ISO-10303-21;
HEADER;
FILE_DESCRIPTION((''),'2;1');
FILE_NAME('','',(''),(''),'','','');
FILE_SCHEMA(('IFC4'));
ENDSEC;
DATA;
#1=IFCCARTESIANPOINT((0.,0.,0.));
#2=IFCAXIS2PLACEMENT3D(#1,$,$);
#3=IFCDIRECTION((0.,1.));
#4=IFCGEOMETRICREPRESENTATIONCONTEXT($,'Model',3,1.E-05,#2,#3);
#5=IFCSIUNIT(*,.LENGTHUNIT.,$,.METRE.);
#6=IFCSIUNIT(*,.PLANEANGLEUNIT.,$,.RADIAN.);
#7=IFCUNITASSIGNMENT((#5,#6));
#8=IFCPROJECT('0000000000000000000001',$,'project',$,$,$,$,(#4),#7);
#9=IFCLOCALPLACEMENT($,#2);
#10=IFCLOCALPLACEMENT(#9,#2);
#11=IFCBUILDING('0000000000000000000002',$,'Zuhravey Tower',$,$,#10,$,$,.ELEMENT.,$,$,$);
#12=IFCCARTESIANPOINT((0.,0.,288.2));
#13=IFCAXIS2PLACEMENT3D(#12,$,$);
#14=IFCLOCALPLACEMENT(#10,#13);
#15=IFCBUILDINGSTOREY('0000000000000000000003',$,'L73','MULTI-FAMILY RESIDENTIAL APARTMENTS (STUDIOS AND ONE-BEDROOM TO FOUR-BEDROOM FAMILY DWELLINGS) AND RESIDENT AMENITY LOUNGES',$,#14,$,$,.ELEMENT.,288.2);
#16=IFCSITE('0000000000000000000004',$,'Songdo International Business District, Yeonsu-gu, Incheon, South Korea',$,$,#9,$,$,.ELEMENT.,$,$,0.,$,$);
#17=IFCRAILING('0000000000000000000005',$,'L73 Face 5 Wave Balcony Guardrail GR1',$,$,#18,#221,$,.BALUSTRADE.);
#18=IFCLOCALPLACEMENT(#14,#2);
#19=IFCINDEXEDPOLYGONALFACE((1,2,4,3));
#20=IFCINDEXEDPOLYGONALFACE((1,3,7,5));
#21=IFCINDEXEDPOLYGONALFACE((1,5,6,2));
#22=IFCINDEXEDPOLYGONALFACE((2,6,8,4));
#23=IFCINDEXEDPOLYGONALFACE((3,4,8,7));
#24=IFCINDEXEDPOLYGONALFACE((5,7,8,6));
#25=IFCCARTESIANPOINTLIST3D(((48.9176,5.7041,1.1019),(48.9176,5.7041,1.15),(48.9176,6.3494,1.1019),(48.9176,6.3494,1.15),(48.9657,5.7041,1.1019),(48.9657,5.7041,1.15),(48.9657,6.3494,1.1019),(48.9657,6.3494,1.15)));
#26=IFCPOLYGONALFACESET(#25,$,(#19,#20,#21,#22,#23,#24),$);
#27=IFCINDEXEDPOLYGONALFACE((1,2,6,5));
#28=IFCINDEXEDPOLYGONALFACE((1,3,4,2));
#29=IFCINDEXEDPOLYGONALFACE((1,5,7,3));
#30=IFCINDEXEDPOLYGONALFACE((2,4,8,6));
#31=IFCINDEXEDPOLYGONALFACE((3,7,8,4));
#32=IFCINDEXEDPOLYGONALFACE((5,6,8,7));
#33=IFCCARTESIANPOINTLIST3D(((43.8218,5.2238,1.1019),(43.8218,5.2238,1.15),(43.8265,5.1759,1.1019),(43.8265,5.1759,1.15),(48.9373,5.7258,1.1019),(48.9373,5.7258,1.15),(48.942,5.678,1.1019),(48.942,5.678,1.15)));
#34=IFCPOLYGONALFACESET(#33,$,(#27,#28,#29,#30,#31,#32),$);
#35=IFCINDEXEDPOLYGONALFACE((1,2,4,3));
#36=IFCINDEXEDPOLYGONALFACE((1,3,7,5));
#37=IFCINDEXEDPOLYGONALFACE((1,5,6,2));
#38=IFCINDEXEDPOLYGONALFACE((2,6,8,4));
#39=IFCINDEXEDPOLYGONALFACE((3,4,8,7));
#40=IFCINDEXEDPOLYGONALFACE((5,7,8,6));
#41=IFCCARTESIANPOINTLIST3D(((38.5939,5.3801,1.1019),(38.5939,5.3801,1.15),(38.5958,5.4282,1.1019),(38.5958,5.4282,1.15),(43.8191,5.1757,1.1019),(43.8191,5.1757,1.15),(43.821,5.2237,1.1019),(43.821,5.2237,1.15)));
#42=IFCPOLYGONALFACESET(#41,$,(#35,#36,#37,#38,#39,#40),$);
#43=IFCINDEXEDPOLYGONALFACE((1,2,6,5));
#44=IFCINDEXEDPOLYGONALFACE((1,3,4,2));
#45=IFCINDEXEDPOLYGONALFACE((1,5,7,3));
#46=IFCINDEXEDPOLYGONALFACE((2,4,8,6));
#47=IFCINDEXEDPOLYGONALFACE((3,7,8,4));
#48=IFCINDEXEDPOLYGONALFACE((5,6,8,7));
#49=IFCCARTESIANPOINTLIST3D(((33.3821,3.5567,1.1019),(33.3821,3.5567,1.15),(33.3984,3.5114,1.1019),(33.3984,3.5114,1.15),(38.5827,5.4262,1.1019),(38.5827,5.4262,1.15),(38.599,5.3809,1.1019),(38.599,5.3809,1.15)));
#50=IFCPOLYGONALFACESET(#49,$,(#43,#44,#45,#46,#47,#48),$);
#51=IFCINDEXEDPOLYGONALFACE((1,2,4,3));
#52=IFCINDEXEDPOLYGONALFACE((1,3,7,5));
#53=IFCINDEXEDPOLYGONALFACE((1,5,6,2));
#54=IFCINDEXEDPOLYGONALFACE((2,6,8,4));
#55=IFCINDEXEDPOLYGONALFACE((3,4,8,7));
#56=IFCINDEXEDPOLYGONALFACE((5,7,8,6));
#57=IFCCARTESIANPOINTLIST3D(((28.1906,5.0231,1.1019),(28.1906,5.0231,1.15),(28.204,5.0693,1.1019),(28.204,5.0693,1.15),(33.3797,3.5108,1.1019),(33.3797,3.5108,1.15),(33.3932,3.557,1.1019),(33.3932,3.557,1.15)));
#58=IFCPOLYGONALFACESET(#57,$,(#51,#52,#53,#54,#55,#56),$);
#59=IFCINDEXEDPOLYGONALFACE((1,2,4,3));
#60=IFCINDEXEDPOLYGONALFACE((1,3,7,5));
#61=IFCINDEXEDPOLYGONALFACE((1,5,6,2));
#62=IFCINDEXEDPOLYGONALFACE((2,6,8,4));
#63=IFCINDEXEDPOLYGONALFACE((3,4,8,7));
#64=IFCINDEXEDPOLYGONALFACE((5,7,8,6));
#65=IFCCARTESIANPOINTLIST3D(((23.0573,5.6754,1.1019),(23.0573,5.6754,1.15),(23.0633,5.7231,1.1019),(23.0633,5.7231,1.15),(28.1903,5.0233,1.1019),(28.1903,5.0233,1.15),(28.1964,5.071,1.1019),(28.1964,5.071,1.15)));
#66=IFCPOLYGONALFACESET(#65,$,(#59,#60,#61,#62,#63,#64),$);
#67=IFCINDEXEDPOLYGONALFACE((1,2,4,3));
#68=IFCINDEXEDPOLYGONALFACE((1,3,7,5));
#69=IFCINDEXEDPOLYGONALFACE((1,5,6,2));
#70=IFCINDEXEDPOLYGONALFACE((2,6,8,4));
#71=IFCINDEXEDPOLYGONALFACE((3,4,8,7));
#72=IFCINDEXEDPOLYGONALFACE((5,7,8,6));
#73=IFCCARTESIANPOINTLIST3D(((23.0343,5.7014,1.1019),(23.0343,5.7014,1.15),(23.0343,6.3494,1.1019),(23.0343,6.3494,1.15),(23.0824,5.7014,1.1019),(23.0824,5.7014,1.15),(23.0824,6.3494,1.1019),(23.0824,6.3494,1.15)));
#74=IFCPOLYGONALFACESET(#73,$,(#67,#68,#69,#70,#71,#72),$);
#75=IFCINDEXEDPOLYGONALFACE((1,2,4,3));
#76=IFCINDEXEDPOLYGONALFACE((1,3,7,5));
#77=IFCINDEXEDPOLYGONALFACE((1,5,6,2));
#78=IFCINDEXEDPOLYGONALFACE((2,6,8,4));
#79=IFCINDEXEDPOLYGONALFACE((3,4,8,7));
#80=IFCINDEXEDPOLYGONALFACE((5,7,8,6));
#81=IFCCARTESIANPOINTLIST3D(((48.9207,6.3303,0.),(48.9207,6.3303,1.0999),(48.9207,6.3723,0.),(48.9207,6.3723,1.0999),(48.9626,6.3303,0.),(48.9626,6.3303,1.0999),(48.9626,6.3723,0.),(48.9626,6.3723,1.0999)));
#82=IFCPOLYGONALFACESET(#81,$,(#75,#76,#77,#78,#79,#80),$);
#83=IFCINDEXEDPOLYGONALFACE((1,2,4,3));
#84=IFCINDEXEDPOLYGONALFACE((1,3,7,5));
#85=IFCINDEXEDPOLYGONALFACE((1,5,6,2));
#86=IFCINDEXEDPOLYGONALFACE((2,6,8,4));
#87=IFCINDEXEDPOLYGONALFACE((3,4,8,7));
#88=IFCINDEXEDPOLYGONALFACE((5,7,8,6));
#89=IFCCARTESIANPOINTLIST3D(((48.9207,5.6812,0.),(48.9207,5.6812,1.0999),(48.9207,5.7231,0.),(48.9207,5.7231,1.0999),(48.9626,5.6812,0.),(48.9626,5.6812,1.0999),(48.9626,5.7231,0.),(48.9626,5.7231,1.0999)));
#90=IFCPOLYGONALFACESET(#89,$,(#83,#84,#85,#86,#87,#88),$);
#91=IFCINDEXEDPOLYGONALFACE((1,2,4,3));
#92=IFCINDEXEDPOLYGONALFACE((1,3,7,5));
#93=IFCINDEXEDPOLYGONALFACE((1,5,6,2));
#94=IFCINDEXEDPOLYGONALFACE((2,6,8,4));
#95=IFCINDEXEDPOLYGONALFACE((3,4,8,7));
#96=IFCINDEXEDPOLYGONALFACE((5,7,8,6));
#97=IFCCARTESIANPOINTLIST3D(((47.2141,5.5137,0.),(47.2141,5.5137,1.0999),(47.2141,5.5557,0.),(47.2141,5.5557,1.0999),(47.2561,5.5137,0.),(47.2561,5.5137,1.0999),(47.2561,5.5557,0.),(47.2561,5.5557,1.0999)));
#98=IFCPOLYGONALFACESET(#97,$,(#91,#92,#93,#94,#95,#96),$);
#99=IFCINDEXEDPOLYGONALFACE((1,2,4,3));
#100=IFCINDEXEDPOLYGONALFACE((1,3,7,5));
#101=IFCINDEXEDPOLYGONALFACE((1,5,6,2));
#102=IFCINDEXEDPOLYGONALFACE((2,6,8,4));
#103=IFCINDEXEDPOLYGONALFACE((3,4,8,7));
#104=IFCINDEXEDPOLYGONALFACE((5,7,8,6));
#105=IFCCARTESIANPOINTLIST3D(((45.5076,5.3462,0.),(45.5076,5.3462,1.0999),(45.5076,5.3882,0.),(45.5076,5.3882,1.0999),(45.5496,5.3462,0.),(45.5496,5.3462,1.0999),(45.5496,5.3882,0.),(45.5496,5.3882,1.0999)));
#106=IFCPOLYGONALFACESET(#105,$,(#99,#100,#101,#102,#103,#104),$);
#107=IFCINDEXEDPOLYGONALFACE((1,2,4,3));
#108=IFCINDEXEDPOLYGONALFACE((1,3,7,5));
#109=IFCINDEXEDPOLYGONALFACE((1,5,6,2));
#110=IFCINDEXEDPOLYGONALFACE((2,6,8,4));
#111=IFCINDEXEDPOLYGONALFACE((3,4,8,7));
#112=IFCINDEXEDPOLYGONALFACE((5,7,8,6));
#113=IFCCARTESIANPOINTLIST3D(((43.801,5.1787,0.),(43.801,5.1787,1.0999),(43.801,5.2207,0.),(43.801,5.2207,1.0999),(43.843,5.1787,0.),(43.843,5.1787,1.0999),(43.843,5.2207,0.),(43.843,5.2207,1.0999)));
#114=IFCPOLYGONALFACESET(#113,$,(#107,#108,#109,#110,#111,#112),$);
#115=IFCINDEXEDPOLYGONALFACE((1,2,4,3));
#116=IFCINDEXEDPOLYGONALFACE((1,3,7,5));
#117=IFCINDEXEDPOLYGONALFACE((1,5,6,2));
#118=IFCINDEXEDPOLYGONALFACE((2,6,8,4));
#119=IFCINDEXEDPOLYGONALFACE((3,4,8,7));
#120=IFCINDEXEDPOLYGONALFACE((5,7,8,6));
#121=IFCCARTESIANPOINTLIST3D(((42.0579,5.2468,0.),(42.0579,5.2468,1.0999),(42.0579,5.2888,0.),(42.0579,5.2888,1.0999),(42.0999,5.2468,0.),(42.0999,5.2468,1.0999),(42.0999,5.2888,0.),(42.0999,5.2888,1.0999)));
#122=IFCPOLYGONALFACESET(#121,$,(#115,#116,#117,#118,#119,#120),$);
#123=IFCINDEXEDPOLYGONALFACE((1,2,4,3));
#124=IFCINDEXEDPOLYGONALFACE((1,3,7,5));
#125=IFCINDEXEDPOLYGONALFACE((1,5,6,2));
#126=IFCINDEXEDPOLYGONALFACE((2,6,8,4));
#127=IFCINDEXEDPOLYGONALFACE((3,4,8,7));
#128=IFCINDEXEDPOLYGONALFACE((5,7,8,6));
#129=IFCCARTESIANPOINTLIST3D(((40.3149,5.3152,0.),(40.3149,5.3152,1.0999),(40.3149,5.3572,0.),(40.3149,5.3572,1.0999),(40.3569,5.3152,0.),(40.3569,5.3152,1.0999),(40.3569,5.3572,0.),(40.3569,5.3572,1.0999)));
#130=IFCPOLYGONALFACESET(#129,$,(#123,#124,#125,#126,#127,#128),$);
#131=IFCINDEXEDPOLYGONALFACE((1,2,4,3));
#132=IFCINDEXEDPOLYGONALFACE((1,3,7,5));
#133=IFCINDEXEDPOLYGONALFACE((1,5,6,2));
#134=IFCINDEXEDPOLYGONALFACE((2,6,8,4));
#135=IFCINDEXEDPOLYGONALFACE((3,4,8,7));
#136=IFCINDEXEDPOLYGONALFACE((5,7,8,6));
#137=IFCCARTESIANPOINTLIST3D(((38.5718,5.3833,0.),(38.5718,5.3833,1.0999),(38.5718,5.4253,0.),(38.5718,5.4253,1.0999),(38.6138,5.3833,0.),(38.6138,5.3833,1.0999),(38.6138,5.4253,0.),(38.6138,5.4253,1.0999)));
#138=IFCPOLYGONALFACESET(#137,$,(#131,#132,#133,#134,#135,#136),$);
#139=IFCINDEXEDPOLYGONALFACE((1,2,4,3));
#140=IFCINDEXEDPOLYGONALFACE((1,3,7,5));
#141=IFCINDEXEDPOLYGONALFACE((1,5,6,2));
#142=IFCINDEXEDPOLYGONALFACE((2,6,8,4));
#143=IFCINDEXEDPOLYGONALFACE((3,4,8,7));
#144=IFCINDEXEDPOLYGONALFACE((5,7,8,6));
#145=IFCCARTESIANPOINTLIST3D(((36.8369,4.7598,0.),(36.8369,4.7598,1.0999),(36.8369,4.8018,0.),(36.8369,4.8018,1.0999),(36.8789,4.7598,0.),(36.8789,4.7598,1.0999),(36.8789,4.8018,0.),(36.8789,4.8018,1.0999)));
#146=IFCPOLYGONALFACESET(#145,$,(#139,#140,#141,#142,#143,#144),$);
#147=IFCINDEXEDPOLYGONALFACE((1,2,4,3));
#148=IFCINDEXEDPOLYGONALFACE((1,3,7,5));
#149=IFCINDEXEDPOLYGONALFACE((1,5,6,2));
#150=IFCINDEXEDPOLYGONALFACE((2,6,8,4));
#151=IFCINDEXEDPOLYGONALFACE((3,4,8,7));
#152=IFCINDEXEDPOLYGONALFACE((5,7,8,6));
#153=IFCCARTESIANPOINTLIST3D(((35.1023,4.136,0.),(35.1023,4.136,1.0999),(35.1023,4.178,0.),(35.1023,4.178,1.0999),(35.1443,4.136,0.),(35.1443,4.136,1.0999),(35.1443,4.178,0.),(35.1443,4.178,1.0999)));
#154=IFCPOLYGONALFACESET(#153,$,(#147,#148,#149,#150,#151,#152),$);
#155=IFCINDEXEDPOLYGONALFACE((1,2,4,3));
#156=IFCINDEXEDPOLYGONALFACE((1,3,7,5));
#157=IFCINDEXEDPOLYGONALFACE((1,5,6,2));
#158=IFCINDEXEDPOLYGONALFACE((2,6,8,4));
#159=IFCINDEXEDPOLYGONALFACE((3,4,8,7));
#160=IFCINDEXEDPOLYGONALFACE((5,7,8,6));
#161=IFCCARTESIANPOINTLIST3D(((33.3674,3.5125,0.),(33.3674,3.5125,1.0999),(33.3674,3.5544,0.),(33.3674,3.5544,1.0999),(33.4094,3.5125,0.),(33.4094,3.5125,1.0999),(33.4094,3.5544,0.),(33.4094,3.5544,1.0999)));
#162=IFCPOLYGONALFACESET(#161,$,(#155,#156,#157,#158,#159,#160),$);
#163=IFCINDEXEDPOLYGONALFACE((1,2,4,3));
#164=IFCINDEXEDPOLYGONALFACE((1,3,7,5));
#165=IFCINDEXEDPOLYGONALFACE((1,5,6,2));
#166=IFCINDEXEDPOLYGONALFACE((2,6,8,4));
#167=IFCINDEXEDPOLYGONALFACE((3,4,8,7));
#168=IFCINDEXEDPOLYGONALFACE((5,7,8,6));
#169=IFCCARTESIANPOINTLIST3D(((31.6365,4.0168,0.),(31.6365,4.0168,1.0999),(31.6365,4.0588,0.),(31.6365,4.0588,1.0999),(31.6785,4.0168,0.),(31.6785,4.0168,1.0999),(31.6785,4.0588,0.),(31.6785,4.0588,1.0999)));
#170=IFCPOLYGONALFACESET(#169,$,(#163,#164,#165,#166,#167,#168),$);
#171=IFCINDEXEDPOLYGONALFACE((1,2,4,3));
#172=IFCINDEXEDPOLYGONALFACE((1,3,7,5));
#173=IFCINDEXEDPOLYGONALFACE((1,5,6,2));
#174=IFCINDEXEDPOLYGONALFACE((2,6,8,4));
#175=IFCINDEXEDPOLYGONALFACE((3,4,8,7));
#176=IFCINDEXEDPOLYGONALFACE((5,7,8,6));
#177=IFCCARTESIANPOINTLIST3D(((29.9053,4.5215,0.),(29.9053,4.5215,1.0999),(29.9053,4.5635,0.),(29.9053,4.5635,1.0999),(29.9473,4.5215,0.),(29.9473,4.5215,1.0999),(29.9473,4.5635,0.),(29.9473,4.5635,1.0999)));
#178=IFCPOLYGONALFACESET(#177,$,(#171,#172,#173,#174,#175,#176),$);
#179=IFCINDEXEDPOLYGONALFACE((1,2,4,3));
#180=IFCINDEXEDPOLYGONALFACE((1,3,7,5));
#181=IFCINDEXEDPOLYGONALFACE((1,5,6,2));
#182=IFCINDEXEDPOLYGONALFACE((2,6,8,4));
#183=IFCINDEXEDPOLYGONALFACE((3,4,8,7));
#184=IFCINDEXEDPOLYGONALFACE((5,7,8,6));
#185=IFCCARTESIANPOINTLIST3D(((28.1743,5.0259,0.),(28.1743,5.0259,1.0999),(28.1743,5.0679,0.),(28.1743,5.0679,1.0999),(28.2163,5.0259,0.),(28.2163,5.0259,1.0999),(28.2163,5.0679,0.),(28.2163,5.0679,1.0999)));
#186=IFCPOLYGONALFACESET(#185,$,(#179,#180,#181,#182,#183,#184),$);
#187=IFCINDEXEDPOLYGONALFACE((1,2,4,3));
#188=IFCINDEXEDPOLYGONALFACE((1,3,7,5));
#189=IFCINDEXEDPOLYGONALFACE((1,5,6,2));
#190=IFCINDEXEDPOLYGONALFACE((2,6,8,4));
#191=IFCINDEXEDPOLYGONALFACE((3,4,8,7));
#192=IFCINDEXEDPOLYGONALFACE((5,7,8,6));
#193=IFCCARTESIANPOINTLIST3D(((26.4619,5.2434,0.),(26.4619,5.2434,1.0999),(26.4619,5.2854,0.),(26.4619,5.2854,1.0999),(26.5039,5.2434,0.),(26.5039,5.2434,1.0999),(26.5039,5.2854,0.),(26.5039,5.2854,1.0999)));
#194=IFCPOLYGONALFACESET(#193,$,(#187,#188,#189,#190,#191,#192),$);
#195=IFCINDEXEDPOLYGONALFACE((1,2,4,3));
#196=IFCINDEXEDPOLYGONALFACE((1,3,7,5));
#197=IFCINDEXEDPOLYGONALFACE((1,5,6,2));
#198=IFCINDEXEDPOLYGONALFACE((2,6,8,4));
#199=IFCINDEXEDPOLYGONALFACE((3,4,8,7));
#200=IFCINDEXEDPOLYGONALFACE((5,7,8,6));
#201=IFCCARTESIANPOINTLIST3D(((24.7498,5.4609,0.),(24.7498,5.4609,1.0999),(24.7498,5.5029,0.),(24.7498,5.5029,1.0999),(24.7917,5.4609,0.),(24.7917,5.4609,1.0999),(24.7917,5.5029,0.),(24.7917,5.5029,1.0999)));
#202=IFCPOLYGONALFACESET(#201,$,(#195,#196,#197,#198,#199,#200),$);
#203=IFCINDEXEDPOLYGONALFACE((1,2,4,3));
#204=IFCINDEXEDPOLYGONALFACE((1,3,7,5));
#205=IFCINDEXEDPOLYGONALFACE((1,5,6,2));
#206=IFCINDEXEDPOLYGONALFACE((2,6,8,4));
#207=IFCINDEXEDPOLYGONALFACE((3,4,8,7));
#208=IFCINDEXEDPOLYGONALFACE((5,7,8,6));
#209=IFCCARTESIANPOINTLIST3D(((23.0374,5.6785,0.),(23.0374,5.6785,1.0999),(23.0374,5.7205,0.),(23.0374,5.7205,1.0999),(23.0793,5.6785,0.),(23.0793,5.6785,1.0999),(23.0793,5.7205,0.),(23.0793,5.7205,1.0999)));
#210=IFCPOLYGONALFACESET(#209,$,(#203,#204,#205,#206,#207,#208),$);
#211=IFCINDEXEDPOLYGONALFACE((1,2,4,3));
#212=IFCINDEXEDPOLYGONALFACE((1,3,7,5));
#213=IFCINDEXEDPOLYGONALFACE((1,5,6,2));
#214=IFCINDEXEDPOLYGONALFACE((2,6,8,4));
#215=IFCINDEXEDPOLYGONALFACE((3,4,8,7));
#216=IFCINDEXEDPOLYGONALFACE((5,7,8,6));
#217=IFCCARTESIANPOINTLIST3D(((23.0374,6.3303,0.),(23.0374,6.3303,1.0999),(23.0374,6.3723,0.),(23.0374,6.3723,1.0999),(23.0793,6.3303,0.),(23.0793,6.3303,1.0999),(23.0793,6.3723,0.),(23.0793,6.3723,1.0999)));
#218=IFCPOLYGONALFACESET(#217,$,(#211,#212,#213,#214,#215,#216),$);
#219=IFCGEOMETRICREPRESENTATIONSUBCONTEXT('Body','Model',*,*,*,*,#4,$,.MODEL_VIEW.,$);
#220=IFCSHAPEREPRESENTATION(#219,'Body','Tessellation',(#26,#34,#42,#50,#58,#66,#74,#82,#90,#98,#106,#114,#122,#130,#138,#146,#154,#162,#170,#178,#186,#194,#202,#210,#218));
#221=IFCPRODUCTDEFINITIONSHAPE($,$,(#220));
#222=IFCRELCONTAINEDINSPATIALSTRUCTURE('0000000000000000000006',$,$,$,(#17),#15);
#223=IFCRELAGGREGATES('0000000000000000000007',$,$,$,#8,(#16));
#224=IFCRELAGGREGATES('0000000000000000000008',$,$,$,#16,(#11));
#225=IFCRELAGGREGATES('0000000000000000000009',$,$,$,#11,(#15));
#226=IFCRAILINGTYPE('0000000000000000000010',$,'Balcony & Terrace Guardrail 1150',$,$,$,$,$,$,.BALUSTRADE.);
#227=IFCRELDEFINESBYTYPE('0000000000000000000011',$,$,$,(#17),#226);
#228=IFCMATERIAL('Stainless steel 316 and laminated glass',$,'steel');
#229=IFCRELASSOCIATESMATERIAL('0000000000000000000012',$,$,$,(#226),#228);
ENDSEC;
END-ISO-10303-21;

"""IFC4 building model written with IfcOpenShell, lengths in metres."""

from ifc_helpers import new_model, si_unit, direction, frame, origin, origin_2d, place, context, subcontext, project, spatial, rectangle, extrude, material, type_object, element, save


model = new_model("IFC4")

# Units and contexts
model_context = context("Model", 3, precision=1e-05, world=origin(), true_north=direction((0.0, 1.0)))
body_context = subcontext(model_context, "Body", "Model", "MODEL_VIEW")
ifc_project = project(units=[si_unit("LENGTHUNIT", "METRE"), si_unit("PLANEANGLEUNIT", "RADIAN")], contexts=[model_context])

# Site, building, storey
site_placement = place(None, origin())
site = spatial("IfcSite", under=ifc_project, at=site_placement, Name="Songdo International Business District, Yeonsu-gu, Incheon, South Korea", CompositionType="ELEMENT", RefElevation=0.0)
building_placement = place(site_placement, origin())
building = spatial("IfcBuilding", under=site, at=building_placement, Name="Zuhravey Tower", CompositionType="ELEMENT")
storey_placement = place(building_placement, frame((0.0, 0.0, 288.2)))
storey = spatial("IfcBuildingStorey", under=building, at=storey_placement, Name="L73", Description="MULTI-FAMILY RESIDENTIAL APARTMENTS (STUDIOS AND ONE-BEDROOM TO FOUR-BEDROOM FAMILY DWELLINGS) AND RESIDENT AMENITY LOUNGES", CompositionType="ELEMENT", Elevation=288.2)

# Railing
ifc_material_1 = material(Name="Stainless steel 316 and laminated glass", Category="steel")
railing_type = type_object("IfcRailingType", Name="Balcony & Terrace Guardrail 1150", PredefinedType="BALUSTRADE", material=ifc_material_1)
railing_placement = place(storey_placement, frame((48.9417, 6.3513, 0.0)))
element("IfcRailing", 1, at=railing_placement, inside=storey, type_object=railing_type, Name="L73 Face 5 Wave Balcony Guardrail GR1", PredefinedType="BALUSTRADE", context=body_context, shape_type="SweptSolid", body=[
    extrude(rectangle(XDim=0.0481, YDim=0.0481, at=origin_2d()), frame((0.0, -0.002, 1.126), z_axis=(0.0, -1.0, 0.0), x_axis=(1.0, 0.0, 0.0)), (0.0, 0.0, 1.0), 0.6453),
    extrude(rectangle(XDim=0.0481, YDim=0.0481, at=origin_2d()), frame((-0.002, -0.6494, 1.126), z_axis=(-0.995219, -0.097671, 0.0), x_axis=(0.097671, -0.995219, 0.0)), (0.0, 0.0, 1.0), 5.1401),
    extrude(rectangle(XDim=0.0481, YDim=0.0481, at=origin_2d()), frame((-5.1216, -1.1516, 1.126), z_axis=(-0.999236, 0.039094, 0.0), x_axis=(-0.039094, -0.999236, 0.0)), (0.0, 0.0, 1.0), 5.2292),
    extrude(rectangle(XDim=0.0481, YDim=0.0481, at=origin_2d()), frame((-10.3508, -0.9478, 1.126), z_axis=(-0.941044, -0.338285, 0.0), x_axis=(0.338285, -0.941044, 0.0)), (0.0, 0.0, 1.0), 5.5264),
    extrude(rectangle(XDim=0.0481, YDim=0.0481, at=origin_2d()), frame((-15.5552, -2.8174, 1.126), z_axis=(-0.960061, 0.27979, 0.0), x_axis=(-0.27979, -0.960061, 0.0)), (0.0, 0.0, 1.0), 5.405),
    extrude(rectangle(XDim=0.0481, YDim=0.0481, at=origin_2d()), frame((-20.7483, -1.3042, 1.126), z_axis=(-0.992027, 0.126025, 0.0), x_axis=(-0.126025, -0.992027, 0.0)), (0.0, 0.0, 1.0), 5.1743),
    extrude(rectangle(XDim=0.0481, YDim=0.0481, at=origin_2d()), frame((-25.8833, -0.6499, 1.126), z_axis=(0.0, 1.0, 0.0), x_axis=(-1.0, 0.0, 0.0)), (0.0, 0.0, 1.0), 0.6479),
    extrude(rectangle(XDim=0.042, YDim=0.042, at=origin_2d()), origin(), (0.0, 0.0, 1.0), 1.0999),
    extrude(rectangle(XDim=0.042, YDim=0.042, at=origin_2d()), frame((0.0, -0.6492, 0.0)), (0.0, 0.0, 1.0), 1.0999),
    extrude(rectangle(XDim=0.042, YDim=0.042, at=origin_2d()), frame((-1.7065, -0.8167, 0.0)), (0.0, 0.0, 1.0), 1.0999),
    extrude(rectangle(XDim=0.042, YDim=0.042, at=origin_2d()), frame((-3.4131, -0.9841, 0.0)), (0.0, 0.0, 1.0), 1.0999),
    extrude(rectangle(XDim=0.042, YDim=0.042, at=origin_2d()), frame((-5.1196, -1.1516, 0.0)), (0.0, 0.0, 1.0), 1.0999),
    extrude(rectangle(XDim=0.042, YDim=0.042, at=origin_2d()), frame((-6.8628, -1.0835, 0.0)), (0.0, 0.0, 1.0), 1.0999),
    extrude(rectangle(XDim=0.042, YDim=0.042, at=origin_2d()), frame((-8.6057, -1.0151, 0.0)), (0.0, 0.0, 1.0), 1.0999),
    extrude(rectangle(XDim=0.042, YDim=0.042, at=origin_2d()), frame((-10.3489, -0.947, 0.0)), (0.0, 0.0, 1.0), 1.0999),
    extrude(rectangle(XDim=0.042, YDim=0.042, at=origin_2d()), frame((-12.0837, -1.5706, 0.0)), (0.0, 0.0, 1.0), 1.0999),
    extrude(rectangle(XDim=0.042, YDim=0.042, at=origin_2d()), frame((-13.8184, -2.1943, 0.0)), (0.0, 0.0, 1.0), 1.0999),
    extrude(rectangle(XDim=0.042, YDim=0.042, at=origin_2d()), frame((-15.5532, -2.8179, 0.0)), (0.0, 0.0, 1.0), 1.0999),
    extrude(rectangle(XDim=0.042, YDim=0.042, at=origin_2d()), frame((-17.2842, -2.3135, 0.0)), (0.0, 0.0, 1.0), 1.0999),
    extrude(rectangle(XDim=0.042, YDim=0.042, at=origin_2d()), frame((-19.0154, -1.8088, 0.0)), (0.0, 0.0, 1.0), 1.0999),
    extrude(rectangle(XDim=0.042, YDim=0.042, at=origin_2d()), frame((-20.7463, -1.3044, 0.0)), (0.0, 0.0, 1.0), 1.0999),
    extrude(rectangle(XDim=0.042, YDim=0.042, at=origin_2d()), frame((-22.4587, -1.0869, 0.0)), (0.0, 0.0, 1.0), 1.0999),
    extrude(rectangle(XDim=0.042, YDim=0.042, at=origin_2d()), frame((-24.1709, -0.8694, 0.0)), (0.0, 0.0, 1.0), 1.0999),
    extrude(rectangle(XDim=0.042, YDim=0.042, at=origin_2d()), frame((-25.8833, -0.6519, 0.0)), (0.0, 0.0, 1.0), 1.0999),
    extrude(rectangle(XDim=0.042, YDim=0.042, at=origin_2d()), frame((-25.8833, 0.0, 0.0)), (0.0, 0.0, 1.0), 1.0999),
])

save(model, "model.ifc")
